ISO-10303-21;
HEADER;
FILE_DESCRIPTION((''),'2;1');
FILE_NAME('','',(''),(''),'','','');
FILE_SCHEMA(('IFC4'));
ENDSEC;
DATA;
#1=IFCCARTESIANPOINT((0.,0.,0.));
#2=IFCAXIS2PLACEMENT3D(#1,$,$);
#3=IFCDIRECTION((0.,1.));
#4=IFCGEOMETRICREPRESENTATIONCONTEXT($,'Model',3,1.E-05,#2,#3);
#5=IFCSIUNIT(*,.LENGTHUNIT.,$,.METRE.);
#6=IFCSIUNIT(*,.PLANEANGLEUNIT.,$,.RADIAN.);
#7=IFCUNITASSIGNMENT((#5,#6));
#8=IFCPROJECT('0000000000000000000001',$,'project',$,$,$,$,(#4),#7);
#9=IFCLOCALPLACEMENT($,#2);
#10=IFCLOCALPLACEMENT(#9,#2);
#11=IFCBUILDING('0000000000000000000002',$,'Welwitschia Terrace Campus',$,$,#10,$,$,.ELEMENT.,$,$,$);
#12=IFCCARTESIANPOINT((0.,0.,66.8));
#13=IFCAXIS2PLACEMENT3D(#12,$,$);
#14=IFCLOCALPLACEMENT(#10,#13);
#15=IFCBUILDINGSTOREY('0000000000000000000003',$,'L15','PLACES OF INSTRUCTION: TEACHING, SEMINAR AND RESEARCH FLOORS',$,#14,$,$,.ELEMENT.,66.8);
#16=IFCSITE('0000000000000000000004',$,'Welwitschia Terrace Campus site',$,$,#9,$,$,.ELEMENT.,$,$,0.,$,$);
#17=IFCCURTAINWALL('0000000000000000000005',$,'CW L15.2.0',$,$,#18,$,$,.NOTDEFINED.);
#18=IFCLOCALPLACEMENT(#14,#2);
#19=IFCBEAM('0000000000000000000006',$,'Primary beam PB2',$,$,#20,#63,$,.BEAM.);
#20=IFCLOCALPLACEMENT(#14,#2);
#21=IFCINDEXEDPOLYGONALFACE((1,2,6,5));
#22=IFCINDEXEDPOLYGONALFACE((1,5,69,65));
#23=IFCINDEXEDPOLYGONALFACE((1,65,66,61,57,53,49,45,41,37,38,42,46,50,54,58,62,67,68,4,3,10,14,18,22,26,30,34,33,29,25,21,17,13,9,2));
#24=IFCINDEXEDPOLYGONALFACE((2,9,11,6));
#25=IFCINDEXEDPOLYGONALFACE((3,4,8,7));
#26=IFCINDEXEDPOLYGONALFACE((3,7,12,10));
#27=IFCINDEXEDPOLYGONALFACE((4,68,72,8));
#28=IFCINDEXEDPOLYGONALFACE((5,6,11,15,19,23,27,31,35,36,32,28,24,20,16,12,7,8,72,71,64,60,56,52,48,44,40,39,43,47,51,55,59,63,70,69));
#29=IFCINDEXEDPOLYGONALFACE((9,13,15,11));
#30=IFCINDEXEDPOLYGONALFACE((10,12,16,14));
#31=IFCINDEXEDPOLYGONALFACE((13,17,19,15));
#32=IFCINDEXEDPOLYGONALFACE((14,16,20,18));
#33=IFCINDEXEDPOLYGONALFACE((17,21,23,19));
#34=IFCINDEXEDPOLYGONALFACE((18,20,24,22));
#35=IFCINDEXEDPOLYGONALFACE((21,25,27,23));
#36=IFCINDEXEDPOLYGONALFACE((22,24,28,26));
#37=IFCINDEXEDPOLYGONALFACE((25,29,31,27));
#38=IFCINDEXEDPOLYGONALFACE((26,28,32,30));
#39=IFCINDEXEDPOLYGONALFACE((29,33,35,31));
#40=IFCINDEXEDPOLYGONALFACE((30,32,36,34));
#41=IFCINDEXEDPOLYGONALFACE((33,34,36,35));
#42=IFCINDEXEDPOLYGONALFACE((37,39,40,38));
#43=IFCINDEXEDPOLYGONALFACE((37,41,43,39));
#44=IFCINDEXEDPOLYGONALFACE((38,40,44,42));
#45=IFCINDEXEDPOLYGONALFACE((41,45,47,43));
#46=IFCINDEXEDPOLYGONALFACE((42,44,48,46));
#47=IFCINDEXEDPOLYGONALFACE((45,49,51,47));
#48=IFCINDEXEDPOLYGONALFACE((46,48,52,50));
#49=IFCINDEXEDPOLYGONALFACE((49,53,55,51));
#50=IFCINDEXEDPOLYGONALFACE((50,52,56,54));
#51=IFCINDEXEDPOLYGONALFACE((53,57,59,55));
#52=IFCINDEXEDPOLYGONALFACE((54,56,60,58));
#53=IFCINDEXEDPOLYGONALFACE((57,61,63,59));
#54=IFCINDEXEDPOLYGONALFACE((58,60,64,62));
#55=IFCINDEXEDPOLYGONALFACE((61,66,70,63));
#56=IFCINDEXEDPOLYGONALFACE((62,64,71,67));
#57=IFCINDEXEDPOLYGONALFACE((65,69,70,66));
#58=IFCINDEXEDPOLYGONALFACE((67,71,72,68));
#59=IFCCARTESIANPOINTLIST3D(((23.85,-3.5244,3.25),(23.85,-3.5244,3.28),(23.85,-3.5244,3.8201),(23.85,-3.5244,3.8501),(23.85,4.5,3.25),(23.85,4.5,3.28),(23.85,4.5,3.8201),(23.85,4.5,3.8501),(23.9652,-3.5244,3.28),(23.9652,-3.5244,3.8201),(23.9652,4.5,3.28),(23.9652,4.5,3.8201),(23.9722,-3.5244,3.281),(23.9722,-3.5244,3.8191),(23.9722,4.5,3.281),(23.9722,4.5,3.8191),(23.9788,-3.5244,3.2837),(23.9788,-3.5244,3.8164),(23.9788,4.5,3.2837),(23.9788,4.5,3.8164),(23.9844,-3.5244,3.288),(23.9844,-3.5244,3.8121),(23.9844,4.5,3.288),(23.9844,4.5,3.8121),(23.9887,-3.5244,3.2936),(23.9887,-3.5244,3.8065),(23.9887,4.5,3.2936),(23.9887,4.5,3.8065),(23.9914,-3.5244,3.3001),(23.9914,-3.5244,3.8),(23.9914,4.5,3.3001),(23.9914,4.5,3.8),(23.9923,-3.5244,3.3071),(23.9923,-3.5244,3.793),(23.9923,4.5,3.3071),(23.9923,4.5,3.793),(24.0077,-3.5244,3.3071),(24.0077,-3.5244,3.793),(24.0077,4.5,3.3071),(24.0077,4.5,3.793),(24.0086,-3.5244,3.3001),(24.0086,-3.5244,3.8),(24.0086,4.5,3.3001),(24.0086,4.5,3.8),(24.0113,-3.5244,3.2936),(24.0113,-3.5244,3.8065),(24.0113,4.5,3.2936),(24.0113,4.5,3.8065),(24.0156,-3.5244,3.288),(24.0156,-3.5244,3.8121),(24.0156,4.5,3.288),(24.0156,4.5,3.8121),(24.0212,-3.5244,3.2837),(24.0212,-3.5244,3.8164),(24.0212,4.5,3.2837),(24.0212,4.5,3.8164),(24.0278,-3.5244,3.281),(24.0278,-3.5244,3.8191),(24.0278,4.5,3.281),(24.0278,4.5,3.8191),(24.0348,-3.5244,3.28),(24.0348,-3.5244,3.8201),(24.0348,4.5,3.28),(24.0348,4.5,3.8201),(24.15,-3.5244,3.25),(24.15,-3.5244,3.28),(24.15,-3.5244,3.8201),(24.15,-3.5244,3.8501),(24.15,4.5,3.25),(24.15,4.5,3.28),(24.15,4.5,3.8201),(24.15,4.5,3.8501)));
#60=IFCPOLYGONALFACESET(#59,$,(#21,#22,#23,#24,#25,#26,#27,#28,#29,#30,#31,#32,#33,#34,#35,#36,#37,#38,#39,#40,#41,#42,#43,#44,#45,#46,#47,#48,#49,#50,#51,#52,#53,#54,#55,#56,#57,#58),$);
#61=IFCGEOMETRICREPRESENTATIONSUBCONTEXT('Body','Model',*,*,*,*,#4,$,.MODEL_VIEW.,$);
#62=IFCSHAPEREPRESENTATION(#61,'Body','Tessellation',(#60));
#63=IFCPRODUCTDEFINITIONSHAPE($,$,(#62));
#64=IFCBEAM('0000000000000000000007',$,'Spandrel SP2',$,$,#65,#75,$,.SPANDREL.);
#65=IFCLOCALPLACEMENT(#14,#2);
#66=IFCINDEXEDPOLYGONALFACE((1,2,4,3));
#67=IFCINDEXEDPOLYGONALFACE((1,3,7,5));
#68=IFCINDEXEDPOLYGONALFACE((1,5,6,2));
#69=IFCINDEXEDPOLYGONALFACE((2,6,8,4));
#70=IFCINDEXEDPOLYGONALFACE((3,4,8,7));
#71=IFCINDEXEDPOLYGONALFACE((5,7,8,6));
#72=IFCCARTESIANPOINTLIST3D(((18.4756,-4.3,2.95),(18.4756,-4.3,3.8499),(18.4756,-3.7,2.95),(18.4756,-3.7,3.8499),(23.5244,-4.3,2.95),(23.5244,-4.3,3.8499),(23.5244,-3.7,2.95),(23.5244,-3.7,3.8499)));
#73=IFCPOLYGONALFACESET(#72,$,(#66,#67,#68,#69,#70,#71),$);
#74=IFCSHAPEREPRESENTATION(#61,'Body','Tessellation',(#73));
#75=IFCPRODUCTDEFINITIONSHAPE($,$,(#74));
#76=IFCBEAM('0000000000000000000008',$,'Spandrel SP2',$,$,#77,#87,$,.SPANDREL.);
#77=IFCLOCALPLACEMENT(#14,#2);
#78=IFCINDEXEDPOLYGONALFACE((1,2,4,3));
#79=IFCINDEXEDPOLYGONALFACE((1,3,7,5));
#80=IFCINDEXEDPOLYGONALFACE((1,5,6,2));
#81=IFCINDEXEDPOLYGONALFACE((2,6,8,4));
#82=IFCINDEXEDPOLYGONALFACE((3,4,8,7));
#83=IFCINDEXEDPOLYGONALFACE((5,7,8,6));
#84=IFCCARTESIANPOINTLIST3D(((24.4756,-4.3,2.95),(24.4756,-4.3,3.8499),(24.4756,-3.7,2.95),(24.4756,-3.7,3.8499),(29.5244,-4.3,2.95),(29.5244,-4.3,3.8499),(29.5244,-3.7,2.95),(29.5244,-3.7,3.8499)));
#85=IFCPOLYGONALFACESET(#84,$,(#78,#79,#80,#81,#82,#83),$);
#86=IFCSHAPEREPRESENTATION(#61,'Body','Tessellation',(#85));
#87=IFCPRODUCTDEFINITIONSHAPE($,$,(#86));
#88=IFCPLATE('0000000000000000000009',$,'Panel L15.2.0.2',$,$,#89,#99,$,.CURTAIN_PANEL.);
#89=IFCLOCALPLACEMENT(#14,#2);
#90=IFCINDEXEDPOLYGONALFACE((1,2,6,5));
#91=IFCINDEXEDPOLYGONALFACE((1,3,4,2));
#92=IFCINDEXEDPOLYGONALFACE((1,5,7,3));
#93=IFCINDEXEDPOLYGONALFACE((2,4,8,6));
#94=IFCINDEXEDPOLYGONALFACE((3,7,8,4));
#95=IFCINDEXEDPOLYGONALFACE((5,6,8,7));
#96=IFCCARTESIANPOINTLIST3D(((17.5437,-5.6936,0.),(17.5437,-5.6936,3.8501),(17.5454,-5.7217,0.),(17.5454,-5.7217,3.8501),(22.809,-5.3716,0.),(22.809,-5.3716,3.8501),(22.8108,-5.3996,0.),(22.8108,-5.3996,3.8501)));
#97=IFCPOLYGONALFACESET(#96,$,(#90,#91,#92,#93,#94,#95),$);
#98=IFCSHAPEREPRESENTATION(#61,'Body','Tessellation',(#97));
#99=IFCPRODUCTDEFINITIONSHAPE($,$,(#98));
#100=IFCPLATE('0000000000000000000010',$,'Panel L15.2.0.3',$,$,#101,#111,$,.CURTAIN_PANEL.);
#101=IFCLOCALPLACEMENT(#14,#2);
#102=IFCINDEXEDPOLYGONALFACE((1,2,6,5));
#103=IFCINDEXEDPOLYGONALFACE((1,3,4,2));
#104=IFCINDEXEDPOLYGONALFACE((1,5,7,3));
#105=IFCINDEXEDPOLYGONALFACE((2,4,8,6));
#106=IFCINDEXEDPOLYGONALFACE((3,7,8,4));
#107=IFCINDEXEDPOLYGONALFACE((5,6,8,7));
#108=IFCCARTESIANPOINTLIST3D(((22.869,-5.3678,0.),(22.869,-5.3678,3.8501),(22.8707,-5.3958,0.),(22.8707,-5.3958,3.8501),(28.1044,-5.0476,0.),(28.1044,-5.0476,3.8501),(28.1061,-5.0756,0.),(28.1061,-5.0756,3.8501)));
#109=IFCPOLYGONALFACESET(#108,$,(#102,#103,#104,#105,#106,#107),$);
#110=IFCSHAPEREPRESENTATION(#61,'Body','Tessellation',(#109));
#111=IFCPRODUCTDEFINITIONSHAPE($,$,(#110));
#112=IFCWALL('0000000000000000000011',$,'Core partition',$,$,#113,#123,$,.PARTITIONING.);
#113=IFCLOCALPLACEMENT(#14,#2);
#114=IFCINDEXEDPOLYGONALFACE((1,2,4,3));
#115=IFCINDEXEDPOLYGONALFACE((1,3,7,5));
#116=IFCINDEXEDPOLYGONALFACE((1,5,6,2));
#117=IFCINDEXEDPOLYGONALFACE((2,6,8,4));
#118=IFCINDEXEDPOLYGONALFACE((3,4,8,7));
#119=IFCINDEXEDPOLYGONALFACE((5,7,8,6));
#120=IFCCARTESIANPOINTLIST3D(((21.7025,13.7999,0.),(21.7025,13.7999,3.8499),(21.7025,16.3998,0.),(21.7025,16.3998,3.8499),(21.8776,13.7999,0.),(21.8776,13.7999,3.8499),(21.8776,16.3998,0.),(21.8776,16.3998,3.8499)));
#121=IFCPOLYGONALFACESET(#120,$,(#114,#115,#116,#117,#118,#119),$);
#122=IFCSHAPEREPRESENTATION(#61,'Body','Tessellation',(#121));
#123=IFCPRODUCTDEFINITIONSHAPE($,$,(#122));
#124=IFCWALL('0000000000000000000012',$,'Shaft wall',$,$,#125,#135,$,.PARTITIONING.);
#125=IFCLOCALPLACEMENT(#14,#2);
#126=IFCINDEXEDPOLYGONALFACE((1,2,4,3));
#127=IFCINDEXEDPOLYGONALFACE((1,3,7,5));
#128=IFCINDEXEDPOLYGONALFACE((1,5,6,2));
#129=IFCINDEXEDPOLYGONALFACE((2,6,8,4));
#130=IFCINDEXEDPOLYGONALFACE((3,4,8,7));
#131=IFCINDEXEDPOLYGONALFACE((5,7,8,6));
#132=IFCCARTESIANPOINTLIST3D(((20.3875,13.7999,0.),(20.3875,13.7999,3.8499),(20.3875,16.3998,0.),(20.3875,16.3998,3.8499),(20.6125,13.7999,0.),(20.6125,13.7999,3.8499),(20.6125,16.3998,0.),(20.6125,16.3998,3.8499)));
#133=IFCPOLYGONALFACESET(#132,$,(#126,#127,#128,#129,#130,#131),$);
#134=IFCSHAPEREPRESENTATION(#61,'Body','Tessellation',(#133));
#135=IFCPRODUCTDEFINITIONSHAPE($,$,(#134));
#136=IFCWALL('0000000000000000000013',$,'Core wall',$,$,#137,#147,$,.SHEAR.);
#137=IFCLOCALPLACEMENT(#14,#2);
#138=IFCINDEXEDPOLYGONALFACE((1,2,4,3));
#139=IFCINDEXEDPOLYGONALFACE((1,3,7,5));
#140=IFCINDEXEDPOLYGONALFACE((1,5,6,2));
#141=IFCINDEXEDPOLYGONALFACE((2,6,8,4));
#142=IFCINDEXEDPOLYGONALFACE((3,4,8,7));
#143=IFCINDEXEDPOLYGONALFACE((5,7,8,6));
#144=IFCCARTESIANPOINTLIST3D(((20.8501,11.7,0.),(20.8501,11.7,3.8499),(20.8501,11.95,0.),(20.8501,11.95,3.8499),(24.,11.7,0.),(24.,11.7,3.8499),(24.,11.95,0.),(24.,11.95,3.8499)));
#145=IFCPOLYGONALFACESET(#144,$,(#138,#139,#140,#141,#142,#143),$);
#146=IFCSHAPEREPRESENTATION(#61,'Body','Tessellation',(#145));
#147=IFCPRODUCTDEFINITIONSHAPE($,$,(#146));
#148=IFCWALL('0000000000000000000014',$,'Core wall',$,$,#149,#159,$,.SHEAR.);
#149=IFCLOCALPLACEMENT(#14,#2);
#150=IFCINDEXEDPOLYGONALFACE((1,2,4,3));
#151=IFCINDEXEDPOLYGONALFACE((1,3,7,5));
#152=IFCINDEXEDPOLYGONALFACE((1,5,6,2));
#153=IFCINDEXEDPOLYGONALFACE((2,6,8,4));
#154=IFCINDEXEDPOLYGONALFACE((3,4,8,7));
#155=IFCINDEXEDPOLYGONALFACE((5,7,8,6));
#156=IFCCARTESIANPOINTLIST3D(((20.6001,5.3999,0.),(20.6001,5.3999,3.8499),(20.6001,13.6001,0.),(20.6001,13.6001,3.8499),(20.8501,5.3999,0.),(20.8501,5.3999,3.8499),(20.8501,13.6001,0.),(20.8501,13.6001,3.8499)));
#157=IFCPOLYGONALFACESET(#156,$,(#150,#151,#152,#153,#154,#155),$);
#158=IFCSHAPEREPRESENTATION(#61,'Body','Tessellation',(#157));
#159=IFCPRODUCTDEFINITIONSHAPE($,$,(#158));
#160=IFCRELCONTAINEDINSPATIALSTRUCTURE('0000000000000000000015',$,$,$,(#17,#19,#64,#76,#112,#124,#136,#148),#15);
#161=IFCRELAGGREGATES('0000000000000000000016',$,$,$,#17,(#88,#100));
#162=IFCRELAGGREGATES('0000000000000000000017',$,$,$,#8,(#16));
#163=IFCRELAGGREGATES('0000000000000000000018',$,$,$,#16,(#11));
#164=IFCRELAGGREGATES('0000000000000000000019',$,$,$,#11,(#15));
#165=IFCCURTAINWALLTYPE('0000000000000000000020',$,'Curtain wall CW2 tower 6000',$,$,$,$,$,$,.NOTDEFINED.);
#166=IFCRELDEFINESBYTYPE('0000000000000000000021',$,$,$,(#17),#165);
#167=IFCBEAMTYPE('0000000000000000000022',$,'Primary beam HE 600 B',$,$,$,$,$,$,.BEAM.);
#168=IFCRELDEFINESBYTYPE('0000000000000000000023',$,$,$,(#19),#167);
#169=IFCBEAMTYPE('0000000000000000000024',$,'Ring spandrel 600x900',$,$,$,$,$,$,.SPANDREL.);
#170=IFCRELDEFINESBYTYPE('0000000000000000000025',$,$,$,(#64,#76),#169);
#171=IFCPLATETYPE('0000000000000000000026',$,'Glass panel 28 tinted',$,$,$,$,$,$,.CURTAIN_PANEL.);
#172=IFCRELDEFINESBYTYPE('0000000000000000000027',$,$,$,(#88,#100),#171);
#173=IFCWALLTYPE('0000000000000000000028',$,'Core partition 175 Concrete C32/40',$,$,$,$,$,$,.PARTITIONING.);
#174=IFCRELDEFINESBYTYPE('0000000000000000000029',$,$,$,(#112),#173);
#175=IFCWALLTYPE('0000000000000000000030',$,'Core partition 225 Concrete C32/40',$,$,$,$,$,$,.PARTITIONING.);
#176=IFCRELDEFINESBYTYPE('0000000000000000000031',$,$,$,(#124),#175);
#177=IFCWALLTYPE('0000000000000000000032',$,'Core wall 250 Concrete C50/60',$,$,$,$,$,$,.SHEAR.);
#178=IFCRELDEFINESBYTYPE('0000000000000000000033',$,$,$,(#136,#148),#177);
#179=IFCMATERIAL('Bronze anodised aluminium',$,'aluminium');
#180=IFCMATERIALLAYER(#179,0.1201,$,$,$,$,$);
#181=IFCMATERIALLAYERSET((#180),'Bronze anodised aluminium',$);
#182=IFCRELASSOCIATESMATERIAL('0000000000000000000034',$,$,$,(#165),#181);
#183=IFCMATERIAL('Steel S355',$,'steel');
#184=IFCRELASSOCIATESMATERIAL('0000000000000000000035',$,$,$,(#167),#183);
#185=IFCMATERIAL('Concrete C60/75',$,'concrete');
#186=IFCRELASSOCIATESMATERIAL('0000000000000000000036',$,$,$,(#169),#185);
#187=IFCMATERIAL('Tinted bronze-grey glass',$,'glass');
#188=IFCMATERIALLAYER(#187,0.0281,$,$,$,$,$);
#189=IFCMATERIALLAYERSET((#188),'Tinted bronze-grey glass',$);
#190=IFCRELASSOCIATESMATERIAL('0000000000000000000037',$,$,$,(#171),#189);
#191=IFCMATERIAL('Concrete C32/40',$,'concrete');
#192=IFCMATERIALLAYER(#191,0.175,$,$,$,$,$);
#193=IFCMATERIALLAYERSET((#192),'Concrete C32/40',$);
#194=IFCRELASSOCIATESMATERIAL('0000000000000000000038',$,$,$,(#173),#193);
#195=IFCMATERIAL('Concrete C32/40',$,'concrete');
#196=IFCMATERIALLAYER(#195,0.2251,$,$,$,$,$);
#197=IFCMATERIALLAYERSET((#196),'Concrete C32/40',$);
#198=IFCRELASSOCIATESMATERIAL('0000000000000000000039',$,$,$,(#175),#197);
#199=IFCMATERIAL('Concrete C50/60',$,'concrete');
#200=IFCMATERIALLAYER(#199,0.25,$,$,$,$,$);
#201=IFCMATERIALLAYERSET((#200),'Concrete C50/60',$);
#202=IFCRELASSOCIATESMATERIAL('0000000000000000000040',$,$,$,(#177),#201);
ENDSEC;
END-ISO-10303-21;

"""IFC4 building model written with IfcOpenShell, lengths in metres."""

from ifc_helpers import new_model, si_unit, direction, frame, frame_2d, origin, origin_2d, place, context, subcontext, project, spatial, rectangle, i_section, extrude, material, layer, layer_set, material_profile, profile_set, type_object, element, aggregate, save


model = new_model("IFC4")

# Units and contexts
model_context = context("Model", 3, precision=1e-05, world=origin(), true_north=direction((0.0, 1.0)))
body_context = subcontext(model_context, "Body", "Model", "MODEL_VIEW")
ifc_project = project(units=[si_unit("LENGTHUNIT", "METRE"), si_unit("PLANEANGLEUNIT", "RADIAN")], contexts=[model_context])

# Site, building, storey
site_placement = place(None, origin())
site = spatial("IfcSite", under=ifc_project, at=site_placement, Name="Welwitschia Terrace Campus site", CompositionType="ELEMENT", RefElevation=0.0)
building_placement = place(site_placement, origin())
building = spatial("IfcBuilding", under=site, at=building_placement, Name="Welwitschia Terrace Campus", CompositionType="ELEMENT")
storey_placement = place(building_placement, frame((0.0, 0.0, 66.8)))
storey = spatial("IfcBuildingStorey", under=building, at=storey_placement, Name="L15", Description="PLACES OF INSTRUCTION: TEACHING, SEMINAR AND RESEARCH FLOORS", CompositionType="ELEMENT", Elevation=66.8)

# Curtain wall
ifc_material_1 = material(Name="Bronze anodised aluminium", Category="aluminium")
ifc_layer_1 = layer(ifc_material_1, 0.1201)
ifc_layer_set_1 = layer_set([ifc_layer_1], Name="Bronze anodised aluminium")
curtain_wall_type = type_object("IfcCurtainWallType", Name="Curtain wall CW2 tower 6000", PredefinedType="NOTDEFINED", material=ifc_layer_set_1)
curtain_wall_placement = place(storey_placement, origin())
curtain_wall = element("IfcCurtainWall", 1, at=curtain_wall_placement, inside=storey, type_object=curtain_wall_type, Name="CW L15.2.0", PredefinedType="NOTDEFINED")

# Beams
ifc_material_2 = material(Name="Steel S355", Category="steel")
ifc_material_profile_1 = material_profile(ifc_material_2, i_section(OverallWidth=0.3, OverallDepth=0.6001, WebThickness=0.0154, FlangeThickness=0.03, FilletRadius=0.0271, at=origin_2d()))
ifc_profile_set_1 = profile_set([ifc_material_profile_1], Name="Steel S355")
beam_type_1 = type_object("IfcBeamType", Name="Primary beam HE 600 B", PredefinedType="BEAM", material=ifc_profile_set_1)
beam_1_placement = place(storey_placement, frame((24.0, -3.5244, 3.55), z_axis=(0.0, 1.0, 0.0), x_axis=(-1.0, 0.0, 0.0)))
element("IfcBeam", 2, at=beam_1_placement, inside=storey, type_object=beam_type_1, Name="Primary beam PB2", PredefinedType="BEAM", context=body_context, shape_type="SweptSolid", body=[
    extrude(i_section(OverallWidth=0.3, OverallDepth=0.6001, WebThickness=0.0154, FlangeThickness=0.03, FilletRadius=0.0271, at=origin_2d()), origin(), (0.0, 0.0, 1.0), 8.0244),
])
ifc_material_3 = material(Name="Concrete C60/75", Category="concrete")
ifc_material_profile_2 = material_profile(ifc_material_3, rectangle(XDim=0.6001, YDim=0.8999, at=origin_2d()))
ifc_profile_set_2 = profile_set([ifc_material_profile_2], Name="Concrete C60/75")
beam_type_2 = type_object("IfcBeamType", Name="Ring spandrel 600x900", PredefinedType="SPANDREL", material=ifc_profile_set_2)
for number, where, z_axis, x_axis, name in (
    (3, (18.4756, -4.0, 3.3999), (1.0, 0.0, 0.0), (0.0, 1.0, 0.0), "Spandrel SP2"),
    (4, (24.4756, -4.0, 3.3999), (1.0, 0.0, 0.0), (0.0, 1.0, 0.0), "Spandrel SP2"),
):
    element("IfcBeam", number, at=place(storey_placement, frame(where, z_axis=z_axis, x_axis=x_axis)), inside=storey, type_object=beam_type_2, Name=name, PredefinedType="SPANDREL", context=body_context, shape_type="SweptSolid", body=[
        extrude(rectangle(XDim=0.6001, YDim=0.8999, at=origin_2d()), origin(), (0.0, 0.0, 1.0), 5.0488),
    ])

# Plates
ifc_material_4 = material(Name="Tinted bronze-grey glass", Category="glass")
ifc_layer_2 = layer(ifc_material_4, 0.0281)
ifc_layer_set_2 = layer_set([ifc_layer_2], Name="Tinted bronze-grey glass")
plate_type = type_object("IfcPlateType", Name="Glass panel 28 tinted", PredefinedType="CURTAIN_PANEL", material=ifc_layer_set_2)
plate_1_placement = place(storey_placement, frame((20.1772, -5.5466, 0.0), z_axis=(0.0, 0.0, 1.0), x_axis=(0.998135, 0.061049, 0.0)))
plate_1 = element("IfcPlate", 5, at=plate_1_placement, type_object=plate_type, Name="Panel L15.2.0.2", PredefinedType="CURTAIN_PANEL", context=body_context, shape_type="SweptSolid", body=[
    extrude(rectangle(XDim=5.2751, YDim=0.0281, at=origin_2d()), origin(), (0.0, 0.0, 1.0), 3.8501),
])
plate_2_placement = place(storey_placement, frame((25.4875, -5.2217, 0.0), z_axis=(0.0, 0.0, 1.0), x_axis=(0.998135, 0.061049, 0.0)))
plate_2 = element("IfcPlate", 6, at=plate_2_placement, type_object=plate_type, Name="Panel L15.2.0.3", PredefinedType="CURTAIN_PANEL", context=body_context, shape_type="SweptSolid", body=[
    extrude(rectangle(XDim=5.2451, YDim=0.0281, at=origin_2d()), origin(), (0.0, 0.0, 1.0), 3.8501),
])
aggregate(curtain_wall, [plate_1, plate_2])

# Walls
ifc_material_5 = material(Name="Concrete C32/40", Category="concrete")
ifc_layer_3 = layer(ifc_material_5, 0.175)
ifc_layer_set_3 = layer_set([ifc_layer_3], Name="Concrete C32/40")
wall_type_1 = type_object("IfcWallType", Name="Core partition 175 Concrete C32/40", PredefinedType="PARTITIONING", material=ifc_layer_set_3)
wall_1_placement = place(storey_placement, frame((21.79, 13.8, 0.0), z_axis=(0.0, 0.0, 1.0), x_axis=(0.0, 1.0, 0.0)))
element("IfcWall", 7, at=wall_1_placement, inside=storey, type_object=wall_type_1, Name="Core partition", PredefinedType="PARTITIONING", context=body_context, shape_type="SweptSolid", body=[
    extrude(rectangle(XDim=2.5999, YDim=0.175, at=frame_2d((1.2998, 0.0))), origin(), (0.0, 0.0, 1.0), 3.8499),
])
ifc_material_6 = material(Name="Concrete C32/40", Category="concrete")
ifc_layer_4 = layer(ifc_material_6, 0.2251)
ifc_layer_set_4 = layer_set([ifc_layer_4], Name="Concrete C32/40")
wall_type_2 = type_object("IfcWallType", Name="Core partition 225 Concrete C32/40", PredefinedType="PARTITIONING", material=ifc_layer_set_4)
wall_2_placement = place(storey_placement, frame((20.5, 13.8, 0.0), z_axis=(0.0, 0.0, 1.0), x_axis=(0.0, 1.0, 0.0)))
element("IfcWall", 8, at=wall_2_placement, inside=storey, type_object=wall_type_2, Name="Shaft wall", PredefinedType="PARTITIONING", context=body_context, shape_type="SweptSolid", body=[
    extrude(rectangle(XDim=2.5999, YDim=0.2251, at=frame_2d((1.2998, 0.0))), origin(), (0.0, 0.0, 1.0), 3.8499),
])
ifc_material_7 = material(Name="Concrete C50/60", Category="concrete")
ifc_layer_5 = layer(ifc_material_7, 0.25)
ifc_layer_set_5 = layer_set([ifc_layer_5], Name="Concrete C50/60")
wall_type_3 = type_object("IfcWallType", Name="Core wall 250 Concrete C50/60", PredefinedType="SHEAR", material=ifc_layer_set_5)
wall_3_placement = place(storey_placement, frame((20.8501, 11.825, 0.0), z_axis=(0.0, 0.0, 1.0), x_axis=(1.0, 0.0, 0.0)))
element("IfcWall", 9, at=wall_3_placement, inside=storey, type_object=wall_type_3, Name="Core wall", PredefinedType="SHEAR", context=body_context, shape_type="SweptSolid", body=[
    extrude(rectangle(XDim=3.1499, YDim=0.25, at=frame_2d((1.575, 0.0))), origin(), (0.0, 0.0, 1.0), 3.8499),
])
wall_4_placement = place(storey_placement, frame((20.7251, 5.3999, 0.0), z_axis=(0.0, 0.0, 1.0), x_axis=(0.0, 1.0, 0.0)))
element("IfcWall", 10, at=wall_4_placement, inside=storey, type_object=wall_type_3, Name="Core wall", PredefinedType="SHEAR", context=body_context, shape_type="SweptSolid", body=[
    extrude(rectangle(XDim=8.2002, YDim=0.25, at=frame_2d((4.1001, 0.0))), origin(), (0.0, 0.0, 1.0), 3.8499),
])

save(model, "model.ifc")
